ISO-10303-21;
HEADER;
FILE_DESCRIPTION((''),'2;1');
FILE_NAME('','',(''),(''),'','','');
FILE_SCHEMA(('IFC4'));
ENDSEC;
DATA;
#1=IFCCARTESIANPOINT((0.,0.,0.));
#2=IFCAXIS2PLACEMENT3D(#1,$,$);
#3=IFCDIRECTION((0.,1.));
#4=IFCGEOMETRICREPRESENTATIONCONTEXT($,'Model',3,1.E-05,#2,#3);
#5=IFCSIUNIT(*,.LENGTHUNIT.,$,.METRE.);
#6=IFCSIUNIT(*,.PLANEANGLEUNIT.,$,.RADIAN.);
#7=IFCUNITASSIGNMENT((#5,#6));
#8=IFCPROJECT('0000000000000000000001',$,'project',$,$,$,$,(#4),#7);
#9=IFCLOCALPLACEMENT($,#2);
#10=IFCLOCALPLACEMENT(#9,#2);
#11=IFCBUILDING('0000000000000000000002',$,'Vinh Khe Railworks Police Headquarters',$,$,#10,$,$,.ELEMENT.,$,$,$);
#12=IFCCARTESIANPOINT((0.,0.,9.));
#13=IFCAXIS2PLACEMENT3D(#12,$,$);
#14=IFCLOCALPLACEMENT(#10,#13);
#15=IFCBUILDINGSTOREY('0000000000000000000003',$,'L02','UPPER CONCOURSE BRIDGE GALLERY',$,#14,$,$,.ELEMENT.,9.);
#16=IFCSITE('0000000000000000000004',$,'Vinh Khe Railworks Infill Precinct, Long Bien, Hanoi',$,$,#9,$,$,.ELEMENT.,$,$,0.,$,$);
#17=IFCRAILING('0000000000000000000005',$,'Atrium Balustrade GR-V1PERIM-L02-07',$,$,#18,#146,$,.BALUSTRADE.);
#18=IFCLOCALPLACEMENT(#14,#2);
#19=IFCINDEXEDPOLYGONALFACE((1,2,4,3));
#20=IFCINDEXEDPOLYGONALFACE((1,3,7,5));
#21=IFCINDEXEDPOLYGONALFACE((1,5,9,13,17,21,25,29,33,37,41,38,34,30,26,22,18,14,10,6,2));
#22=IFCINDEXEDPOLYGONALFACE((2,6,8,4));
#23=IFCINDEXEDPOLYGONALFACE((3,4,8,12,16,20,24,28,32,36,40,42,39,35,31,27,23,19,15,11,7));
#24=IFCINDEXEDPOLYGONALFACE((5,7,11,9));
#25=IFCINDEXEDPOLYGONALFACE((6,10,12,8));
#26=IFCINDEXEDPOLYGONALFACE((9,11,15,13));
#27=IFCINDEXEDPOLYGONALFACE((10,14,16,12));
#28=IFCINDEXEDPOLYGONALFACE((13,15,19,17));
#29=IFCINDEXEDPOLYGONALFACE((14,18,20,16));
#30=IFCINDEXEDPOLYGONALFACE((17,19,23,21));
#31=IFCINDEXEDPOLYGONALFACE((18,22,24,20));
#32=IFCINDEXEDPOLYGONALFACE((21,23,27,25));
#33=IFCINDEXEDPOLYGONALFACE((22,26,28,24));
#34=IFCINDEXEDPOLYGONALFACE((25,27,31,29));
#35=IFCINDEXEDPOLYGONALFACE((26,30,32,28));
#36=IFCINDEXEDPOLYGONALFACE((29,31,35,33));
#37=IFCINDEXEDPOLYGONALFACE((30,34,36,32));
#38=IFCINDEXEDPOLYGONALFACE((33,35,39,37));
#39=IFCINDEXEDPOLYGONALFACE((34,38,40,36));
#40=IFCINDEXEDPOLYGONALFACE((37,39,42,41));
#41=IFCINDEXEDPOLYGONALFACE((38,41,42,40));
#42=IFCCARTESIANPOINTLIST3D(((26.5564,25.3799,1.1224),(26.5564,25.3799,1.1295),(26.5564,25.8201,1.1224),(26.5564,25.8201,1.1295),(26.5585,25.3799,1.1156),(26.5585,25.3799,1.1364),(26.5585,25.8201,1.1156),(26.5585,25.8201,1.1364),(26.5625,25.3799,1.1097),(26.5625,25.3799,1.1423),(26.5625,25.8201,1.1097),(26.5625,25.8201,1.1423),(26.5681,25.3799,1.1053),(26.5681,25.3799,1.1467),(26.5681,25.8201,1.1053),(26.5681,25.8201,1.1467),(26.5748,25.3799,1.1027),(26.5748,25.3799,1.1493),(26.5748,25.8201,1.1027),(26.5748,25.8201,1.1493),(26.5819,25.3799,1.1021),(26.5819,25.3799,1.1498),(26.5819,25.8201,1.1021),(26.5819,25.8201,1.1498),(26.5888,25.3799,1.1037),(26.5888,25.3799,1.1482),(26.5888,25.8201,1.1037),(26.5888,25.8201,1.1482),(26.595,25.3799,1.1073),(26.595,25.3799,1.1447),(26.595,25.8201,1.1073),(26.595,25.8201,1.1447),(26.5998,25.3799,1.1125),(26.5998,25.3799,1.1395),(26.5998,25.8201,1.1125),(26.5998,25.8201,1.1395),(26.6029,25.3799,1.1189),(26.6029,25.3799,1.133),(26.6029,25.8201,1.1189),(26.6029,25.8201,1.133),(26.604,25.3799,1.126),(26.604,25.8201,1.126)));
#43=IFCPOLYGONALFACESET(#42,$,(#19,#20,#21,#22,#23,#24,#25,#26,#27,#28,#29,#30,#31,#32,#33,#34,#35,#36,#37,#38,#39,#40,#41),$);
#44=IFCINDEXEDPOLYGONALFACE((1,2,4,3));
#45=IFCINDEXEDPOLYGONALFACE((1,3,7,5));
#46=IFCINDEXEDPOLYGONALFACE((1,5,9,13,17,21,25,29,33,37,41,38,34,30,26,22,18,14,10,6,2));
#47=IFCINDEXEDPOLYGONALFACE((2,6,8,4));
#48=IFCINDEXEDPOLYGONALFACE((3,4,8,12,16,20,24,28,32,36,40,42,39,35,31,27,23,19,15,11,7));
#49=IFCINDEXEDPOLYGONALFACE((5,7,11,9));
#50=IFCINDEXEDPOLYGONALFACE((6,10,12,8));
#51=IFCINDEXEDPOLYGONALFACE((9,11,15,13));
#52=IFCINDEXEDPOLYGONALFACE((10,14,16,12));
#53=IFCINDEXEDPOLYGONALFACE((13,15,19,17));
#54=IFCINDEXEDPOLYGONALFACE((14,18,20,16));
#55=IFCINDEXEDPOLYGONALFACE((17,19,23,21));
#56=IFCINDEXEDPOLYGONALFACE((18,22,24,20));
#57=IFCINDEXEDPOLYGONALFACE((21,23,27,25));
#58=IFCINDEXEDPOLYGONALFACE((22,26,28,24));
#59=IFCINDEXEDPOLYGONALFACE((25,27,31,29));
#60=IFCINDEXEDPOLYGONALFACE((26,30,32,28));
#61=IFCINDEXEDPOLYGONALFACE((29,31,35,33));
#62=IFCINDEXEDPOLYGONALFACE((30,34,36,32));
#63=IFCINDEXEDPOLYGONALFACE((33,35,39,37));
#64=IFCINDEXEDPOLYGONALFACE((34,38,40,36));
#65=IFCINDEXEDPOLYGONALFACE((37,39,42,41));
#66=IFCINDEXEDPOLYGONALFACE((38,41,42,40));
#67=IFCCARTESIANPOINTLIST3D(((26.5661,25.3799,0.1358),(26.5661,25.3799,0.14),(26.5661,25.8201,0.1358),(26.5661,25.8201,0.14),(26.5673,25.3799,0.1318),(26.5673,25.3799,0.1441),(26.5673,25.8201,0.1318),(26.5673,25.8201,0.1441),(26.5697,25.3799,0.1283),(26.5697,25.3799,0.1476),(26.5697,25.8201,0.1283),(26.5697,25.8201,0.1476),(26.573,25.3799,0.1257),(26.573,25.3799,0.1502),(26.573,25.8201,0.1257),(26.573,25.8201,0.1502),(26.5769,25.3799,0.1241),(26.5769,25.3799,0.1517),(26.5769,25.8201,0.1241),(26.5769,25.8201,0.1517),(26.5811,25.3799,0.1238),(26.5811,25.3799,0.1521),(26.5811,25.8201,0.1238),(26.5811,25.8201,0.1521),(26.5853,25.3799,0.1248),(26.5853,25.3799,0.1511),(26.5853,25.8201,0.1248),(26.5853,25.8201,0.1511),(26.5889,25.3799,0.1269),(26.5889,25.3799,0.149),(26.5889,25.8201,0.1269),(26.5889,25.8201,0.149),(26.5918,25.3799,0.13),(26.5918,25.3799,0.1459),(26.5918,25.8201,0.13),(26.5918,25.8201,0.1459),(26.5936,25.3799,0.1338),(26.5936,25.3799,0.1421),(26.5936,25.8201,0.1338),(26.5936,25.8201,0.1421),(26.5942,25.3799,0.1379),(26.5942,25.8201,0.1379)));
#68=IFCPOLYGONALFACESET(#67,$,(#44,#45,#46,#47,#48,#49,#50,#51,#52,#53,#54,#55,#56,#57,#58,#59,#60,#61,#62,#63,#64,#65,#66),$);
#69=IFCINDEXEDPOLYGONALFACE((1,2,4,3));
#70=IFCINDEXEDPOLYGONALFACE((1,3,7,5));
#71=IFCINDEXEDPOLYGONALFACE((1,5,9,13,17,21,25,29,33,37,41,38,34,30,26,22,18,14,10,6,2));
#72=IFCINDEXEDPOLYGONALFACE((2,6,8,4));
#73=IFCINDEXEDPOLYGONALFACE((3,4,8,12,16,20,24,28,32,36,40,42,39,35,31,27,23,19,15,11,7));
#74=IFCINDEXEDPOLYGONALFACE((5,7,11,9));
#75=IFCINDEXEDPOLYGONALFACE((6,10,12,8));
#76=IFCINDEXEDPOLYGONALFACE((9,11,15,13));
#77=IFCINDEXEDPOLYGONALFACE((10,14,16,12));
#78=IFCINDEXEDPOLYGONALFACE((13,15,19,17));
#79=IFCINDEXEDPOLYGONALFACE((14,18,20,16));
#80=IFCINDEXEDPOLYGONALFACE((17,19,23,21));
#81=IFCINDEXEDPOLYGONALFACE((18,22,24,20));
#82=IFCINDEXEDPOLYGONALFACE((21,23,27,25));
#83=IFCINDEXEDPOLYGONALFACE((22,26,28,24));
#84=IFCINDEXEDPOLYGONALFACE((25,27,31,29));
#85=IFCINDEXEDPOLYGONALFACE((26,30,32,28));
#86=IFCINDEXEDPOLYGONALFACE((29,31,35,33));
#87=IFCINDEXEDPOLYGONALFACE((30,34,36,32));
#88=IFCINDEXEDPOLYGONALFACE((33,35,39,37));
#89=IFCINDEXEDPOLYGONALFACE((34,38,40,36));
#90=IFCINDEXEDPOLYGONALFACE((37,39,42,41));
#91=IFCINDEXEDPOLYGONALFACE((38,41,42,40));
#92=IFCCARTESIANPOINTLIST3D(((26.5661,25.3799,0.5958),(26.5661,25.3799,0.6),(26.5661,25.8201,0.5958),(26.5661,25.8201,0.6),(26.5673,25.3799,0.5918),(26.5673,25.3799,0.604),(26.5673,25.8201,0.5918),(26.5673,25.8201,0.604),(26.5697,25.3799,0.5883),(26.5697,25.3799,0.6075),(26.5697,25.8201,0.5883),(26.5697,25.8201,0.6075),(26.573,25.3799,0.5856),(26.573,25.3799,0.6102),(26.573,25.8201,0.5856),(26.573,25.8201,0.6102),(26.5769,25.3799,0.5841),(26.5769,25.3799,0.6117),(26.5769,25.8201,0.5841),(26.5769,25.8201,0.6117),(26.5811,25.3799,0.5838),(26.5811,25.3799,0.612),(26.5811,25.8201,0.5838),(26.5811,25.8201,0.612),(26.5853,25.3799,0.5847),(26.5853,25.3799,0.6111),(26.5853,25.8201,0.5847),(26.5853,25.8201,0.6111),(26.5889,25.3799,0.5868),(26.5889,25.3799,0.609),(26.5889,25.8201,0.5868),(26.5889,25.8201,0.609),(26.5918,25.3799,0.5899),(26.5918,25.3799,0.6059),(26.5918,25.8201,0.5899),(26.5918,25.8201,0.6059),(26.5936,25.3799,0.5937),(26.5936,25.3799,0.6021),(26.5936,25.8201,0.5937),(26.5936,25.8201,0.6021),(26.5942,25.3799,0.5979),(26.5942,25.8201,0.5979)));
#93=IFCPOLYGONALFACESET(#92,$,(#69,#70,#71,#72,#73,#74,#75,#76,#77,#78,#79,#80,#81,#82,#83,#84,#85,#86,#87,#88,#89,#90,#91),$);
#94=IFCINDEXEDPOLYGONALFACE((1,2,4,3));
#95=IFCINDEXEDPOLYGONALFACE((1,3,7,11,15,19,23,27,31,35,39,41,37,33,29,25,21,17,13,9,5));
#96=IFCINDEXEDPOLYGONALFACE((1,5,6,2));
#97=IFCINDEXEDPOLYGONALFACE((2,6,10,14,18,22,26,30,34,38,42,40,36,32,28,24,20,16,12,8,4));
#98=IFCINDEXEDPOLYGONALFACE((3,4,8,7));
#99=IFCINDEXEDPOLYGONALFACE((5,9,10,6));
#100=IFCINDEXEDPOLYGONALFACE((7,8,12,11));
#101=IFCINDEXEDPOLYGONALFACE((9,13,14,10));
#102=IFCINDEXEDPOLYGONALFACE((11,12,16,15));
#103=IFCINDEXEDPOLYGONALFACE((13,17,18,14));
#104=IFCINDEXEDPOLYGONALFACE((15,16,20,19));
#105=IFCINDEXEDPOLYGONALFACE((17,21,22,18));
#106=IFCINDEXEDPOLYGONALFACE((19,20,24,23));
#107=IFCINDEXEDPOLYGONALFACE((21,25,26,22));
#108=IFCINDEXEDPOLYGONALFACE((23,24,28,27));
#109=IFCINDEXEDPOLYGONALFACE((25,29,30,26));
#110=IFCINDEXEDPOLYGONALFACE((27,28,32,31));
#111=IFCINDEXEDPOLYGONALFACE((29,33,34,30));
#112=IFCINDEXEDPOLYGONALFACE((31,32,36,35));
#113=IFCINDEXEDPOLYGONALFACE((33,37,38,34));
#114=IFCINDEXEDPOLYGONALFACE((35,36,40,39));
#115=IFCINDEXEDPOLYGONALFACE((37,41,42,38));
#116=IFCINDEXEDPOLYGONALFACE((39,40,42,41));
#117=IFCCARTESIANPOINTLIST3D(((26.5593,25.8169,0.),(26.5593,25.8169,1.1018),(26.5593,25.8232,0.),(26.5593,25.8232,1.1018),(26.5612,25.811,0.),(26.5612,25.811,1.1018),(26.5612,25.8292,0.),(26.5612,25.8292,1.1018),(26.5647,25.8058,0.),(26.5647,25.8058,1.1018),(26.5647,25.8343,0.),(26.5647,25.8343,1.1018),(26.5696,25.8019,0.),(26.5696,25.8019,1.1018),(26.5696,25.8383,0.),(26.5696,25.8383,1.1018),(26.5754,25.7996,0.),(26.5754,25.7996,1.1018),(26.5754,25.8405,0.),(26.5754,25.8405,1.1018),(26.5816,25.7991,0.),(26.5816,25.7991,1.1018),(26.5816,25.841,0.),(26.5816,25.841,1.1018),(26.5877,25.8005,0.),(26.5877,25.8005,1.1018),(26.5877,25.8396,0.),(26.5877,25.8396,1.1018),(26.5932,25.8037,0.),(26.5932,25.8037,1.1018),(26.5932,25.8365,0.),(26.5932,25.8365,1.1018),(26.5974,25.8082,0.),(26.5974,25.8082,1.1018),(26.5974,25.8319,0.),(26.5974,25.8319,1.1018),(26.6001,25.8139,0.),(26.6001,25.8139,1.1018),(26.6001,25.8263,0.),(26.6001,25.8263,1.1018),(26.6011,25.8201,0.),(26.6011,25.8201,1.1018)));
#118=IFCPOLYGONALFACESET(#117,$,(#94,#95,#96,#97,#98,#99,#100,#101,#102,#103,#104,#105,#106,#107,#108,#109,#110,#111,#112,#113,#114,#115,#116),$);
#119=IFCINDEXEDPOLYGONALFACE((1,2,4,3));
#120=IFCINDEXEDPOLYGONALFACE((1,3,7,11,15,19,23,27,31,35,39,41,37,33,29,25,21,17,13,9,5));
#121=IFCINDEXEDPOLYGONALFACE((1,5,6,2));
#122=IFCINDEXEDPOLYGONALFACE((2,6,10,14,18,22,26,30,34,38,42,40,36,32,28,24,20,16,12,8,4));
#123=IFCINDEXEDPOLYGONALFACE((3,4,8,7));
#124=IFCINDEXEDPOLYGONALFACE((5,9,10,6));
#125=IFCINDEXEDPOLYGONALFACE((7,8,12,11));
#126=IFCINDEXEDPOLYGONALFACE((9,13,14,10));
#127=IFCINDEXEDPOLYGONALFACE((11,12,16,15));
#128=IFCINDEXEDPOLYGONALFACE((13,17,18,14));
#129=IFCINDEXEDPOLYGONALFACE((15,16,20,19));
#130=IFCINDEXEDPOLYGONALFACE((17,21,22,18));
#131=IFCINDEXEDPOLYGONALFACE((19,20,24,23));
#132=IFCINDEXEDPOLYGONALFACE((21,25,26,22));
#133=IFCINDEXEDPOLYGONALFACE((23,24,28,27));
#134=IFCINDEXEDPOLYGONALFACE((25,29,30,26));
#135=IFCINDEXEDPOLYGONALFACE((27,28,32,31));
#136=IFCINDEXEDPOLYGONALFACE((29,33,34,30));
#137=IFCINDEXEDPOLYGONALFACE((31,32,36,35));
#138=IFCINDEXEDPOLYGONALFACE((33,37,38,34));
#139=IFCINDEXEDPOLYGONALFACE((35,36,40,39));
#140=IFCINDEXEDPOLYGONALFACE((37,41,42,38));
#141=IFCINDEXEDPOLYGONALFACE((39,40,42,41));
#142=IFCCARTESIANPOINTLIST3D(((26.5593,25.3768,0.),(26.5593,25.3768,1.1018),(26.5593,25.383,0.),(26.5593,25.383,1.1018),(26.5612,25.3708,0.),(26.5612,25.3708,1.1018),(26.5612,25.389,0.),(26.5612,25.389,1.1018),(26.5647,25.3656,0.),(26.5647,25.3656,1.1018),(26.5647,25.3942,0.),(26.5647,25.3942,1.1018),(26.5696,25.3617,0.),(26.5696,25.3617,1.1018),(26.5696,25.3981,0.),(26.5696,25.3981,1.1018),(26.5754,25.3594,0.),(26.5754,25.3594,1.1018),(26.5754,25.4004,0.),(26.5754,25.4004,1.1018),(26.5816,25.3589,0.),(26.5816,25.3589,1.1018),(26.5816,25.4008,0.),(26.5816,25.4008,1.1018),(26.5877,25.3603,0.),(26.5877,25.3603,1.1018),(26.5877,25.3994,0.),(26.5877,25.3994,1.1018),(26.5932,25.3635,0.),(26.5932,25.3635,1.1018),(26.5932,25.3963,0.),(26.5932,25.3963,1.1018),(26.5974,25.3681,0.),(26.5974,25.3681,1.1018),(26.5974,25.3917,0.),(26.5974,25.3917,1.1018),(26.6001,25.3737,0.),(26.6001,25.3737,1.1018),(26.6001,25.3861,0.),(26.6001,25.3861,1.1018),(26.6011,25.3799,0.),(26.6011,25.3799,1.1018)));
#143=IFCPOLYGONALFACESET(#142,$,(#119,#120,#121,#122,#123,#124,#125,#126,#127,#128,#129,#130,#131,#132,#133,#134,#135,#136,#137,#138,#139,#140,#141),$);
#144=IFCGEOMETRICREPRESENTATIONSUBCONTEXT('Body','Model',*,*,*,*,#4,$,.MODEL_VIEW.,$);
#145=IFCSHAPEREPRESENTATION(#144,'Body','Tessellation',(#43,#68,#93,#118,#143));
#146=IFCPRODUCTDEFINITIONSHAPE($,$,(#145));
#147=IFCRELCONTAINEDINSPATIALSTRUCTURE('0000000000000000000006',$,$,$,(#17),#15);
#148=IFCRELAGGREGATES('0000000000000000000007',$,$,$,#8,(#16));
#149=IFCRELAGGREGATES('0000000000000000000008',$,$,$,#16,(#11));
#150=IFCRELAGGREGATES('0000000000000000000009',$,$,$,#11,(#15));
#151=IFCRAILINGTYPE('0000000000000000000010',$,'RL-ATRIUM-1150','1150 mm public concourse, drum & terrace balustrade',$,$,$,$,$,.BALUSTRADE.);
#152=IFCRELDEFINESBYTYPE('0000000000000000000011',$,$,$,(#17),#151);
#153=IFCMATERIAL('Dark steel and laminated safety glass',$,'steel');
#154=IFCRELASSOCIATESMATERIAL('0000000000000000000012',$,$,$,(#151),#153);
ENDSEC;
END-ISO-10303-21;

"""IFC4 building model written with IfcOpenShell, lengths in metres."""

from ifc_helpers import new_model, si_unit, direction, frame, origin, origin_2d, place, context, subcontext, project, spatial, circle, extrude, material, type_object, element, save


model = new_model("IFC4")

# Units and contexts
model_context = context("Model", 3, precision=1e-05, world=origin(), true_north=direction((0.0, 1.0)))
body_context = subcontext(model_context, "Body", "Model", "MODEL_VIEW")
ifc_project = project(units=[si_unit("LENGTHUNIT", "METRE"), si_unit("PLANEANGLEUNIT", "RADIAN")], contexts=[model_context])

# Site, building, storey
site_placement = place(None, origin())
site = spatial("IfcSite", under=ifc_project, at=site_placement, Name="Vinh Khe Railworks Infill Precinct, Long Bien, Hanoi", CompositionType="ELEMENT", RefElevation=0.0)
building_placement = place(site_placement, origin())
building = spatial("IfcBuilding", under=site, at=building_placement, Name="Vinh Khe Railworks Police Headquarters", CompositionType="ELEMENT")
storey_placement = place(building_placement, frame((0.0, 0.0, 9.0)))
storey = spatial("IfcBuildingStorey", under=building, at=storey_placement, Name="L02", Description="UPPER CONCOURSE BRIDGE GALLERY", CompositionType="ELEMENT", Elevation=9.0)

# Railing
ifc_material_1 = material(Name="Dark steel and laminated safety glass", Category="steel")
railing_type = type_object("IfcRailingType", Name="RL-ATRIUM-1150", Description="1150 mm public concourse, drum & terrace balustrade", PredefinedType="BALUSTRADE", material=ifc_material_1)
railing_1_placement = place(storey_placement, frame((26.5801, 25.8201, 0.0)))
element("IfcRailing", 1, at=railing_1_placement, inside=storey, type_object=railing_type, Name="Atrium Balustrade GR-V1PERIM-L02-07", PredefinedType="BALUSTRADE", context=body_context, shape_type="SweptSolid", body=[
    extrude(circle(Radius=0.0239, at=origin_2d()), frame((0.0, 0.0, 1.126), z_axis=(0.0, -1.0, 0.0), x_axis=(1.0, 0.0, 0.0)), (0.0, 0.0, 1.0), 0.4402),
    extrude(circle(Radius=0.0142, at=origin_2d()), frame((0.0, 0.0, 0.1379), z_axis=(0.0, -1.0, 0.0), x_axis=(1.0, 0.0, 0.0)), (0.0, 0.0, 1.0), 0.4402),
    extrude(circle(Radius=0.0142, at=origin_2d()), frame((0.0, 0.0, 0.5979), z_axis=(0.0, -1.0, 0.0), x_axis=(1.0, 0.0, 0.0)), (0.0, 0.0, 1.0), 0.4402),
    extrude(circle(Radius=0.021, at=origin_2d()), origin(), (0.0, 0.0, 1.0), 1.1018),
    extrude(circle(Radius=0.021, at=origin_2d()), frame((0.0, -0.4402, 0.0)), (0.0, 0.0, 1.0), 1.1018),
])

save(model, "model.ifc")
